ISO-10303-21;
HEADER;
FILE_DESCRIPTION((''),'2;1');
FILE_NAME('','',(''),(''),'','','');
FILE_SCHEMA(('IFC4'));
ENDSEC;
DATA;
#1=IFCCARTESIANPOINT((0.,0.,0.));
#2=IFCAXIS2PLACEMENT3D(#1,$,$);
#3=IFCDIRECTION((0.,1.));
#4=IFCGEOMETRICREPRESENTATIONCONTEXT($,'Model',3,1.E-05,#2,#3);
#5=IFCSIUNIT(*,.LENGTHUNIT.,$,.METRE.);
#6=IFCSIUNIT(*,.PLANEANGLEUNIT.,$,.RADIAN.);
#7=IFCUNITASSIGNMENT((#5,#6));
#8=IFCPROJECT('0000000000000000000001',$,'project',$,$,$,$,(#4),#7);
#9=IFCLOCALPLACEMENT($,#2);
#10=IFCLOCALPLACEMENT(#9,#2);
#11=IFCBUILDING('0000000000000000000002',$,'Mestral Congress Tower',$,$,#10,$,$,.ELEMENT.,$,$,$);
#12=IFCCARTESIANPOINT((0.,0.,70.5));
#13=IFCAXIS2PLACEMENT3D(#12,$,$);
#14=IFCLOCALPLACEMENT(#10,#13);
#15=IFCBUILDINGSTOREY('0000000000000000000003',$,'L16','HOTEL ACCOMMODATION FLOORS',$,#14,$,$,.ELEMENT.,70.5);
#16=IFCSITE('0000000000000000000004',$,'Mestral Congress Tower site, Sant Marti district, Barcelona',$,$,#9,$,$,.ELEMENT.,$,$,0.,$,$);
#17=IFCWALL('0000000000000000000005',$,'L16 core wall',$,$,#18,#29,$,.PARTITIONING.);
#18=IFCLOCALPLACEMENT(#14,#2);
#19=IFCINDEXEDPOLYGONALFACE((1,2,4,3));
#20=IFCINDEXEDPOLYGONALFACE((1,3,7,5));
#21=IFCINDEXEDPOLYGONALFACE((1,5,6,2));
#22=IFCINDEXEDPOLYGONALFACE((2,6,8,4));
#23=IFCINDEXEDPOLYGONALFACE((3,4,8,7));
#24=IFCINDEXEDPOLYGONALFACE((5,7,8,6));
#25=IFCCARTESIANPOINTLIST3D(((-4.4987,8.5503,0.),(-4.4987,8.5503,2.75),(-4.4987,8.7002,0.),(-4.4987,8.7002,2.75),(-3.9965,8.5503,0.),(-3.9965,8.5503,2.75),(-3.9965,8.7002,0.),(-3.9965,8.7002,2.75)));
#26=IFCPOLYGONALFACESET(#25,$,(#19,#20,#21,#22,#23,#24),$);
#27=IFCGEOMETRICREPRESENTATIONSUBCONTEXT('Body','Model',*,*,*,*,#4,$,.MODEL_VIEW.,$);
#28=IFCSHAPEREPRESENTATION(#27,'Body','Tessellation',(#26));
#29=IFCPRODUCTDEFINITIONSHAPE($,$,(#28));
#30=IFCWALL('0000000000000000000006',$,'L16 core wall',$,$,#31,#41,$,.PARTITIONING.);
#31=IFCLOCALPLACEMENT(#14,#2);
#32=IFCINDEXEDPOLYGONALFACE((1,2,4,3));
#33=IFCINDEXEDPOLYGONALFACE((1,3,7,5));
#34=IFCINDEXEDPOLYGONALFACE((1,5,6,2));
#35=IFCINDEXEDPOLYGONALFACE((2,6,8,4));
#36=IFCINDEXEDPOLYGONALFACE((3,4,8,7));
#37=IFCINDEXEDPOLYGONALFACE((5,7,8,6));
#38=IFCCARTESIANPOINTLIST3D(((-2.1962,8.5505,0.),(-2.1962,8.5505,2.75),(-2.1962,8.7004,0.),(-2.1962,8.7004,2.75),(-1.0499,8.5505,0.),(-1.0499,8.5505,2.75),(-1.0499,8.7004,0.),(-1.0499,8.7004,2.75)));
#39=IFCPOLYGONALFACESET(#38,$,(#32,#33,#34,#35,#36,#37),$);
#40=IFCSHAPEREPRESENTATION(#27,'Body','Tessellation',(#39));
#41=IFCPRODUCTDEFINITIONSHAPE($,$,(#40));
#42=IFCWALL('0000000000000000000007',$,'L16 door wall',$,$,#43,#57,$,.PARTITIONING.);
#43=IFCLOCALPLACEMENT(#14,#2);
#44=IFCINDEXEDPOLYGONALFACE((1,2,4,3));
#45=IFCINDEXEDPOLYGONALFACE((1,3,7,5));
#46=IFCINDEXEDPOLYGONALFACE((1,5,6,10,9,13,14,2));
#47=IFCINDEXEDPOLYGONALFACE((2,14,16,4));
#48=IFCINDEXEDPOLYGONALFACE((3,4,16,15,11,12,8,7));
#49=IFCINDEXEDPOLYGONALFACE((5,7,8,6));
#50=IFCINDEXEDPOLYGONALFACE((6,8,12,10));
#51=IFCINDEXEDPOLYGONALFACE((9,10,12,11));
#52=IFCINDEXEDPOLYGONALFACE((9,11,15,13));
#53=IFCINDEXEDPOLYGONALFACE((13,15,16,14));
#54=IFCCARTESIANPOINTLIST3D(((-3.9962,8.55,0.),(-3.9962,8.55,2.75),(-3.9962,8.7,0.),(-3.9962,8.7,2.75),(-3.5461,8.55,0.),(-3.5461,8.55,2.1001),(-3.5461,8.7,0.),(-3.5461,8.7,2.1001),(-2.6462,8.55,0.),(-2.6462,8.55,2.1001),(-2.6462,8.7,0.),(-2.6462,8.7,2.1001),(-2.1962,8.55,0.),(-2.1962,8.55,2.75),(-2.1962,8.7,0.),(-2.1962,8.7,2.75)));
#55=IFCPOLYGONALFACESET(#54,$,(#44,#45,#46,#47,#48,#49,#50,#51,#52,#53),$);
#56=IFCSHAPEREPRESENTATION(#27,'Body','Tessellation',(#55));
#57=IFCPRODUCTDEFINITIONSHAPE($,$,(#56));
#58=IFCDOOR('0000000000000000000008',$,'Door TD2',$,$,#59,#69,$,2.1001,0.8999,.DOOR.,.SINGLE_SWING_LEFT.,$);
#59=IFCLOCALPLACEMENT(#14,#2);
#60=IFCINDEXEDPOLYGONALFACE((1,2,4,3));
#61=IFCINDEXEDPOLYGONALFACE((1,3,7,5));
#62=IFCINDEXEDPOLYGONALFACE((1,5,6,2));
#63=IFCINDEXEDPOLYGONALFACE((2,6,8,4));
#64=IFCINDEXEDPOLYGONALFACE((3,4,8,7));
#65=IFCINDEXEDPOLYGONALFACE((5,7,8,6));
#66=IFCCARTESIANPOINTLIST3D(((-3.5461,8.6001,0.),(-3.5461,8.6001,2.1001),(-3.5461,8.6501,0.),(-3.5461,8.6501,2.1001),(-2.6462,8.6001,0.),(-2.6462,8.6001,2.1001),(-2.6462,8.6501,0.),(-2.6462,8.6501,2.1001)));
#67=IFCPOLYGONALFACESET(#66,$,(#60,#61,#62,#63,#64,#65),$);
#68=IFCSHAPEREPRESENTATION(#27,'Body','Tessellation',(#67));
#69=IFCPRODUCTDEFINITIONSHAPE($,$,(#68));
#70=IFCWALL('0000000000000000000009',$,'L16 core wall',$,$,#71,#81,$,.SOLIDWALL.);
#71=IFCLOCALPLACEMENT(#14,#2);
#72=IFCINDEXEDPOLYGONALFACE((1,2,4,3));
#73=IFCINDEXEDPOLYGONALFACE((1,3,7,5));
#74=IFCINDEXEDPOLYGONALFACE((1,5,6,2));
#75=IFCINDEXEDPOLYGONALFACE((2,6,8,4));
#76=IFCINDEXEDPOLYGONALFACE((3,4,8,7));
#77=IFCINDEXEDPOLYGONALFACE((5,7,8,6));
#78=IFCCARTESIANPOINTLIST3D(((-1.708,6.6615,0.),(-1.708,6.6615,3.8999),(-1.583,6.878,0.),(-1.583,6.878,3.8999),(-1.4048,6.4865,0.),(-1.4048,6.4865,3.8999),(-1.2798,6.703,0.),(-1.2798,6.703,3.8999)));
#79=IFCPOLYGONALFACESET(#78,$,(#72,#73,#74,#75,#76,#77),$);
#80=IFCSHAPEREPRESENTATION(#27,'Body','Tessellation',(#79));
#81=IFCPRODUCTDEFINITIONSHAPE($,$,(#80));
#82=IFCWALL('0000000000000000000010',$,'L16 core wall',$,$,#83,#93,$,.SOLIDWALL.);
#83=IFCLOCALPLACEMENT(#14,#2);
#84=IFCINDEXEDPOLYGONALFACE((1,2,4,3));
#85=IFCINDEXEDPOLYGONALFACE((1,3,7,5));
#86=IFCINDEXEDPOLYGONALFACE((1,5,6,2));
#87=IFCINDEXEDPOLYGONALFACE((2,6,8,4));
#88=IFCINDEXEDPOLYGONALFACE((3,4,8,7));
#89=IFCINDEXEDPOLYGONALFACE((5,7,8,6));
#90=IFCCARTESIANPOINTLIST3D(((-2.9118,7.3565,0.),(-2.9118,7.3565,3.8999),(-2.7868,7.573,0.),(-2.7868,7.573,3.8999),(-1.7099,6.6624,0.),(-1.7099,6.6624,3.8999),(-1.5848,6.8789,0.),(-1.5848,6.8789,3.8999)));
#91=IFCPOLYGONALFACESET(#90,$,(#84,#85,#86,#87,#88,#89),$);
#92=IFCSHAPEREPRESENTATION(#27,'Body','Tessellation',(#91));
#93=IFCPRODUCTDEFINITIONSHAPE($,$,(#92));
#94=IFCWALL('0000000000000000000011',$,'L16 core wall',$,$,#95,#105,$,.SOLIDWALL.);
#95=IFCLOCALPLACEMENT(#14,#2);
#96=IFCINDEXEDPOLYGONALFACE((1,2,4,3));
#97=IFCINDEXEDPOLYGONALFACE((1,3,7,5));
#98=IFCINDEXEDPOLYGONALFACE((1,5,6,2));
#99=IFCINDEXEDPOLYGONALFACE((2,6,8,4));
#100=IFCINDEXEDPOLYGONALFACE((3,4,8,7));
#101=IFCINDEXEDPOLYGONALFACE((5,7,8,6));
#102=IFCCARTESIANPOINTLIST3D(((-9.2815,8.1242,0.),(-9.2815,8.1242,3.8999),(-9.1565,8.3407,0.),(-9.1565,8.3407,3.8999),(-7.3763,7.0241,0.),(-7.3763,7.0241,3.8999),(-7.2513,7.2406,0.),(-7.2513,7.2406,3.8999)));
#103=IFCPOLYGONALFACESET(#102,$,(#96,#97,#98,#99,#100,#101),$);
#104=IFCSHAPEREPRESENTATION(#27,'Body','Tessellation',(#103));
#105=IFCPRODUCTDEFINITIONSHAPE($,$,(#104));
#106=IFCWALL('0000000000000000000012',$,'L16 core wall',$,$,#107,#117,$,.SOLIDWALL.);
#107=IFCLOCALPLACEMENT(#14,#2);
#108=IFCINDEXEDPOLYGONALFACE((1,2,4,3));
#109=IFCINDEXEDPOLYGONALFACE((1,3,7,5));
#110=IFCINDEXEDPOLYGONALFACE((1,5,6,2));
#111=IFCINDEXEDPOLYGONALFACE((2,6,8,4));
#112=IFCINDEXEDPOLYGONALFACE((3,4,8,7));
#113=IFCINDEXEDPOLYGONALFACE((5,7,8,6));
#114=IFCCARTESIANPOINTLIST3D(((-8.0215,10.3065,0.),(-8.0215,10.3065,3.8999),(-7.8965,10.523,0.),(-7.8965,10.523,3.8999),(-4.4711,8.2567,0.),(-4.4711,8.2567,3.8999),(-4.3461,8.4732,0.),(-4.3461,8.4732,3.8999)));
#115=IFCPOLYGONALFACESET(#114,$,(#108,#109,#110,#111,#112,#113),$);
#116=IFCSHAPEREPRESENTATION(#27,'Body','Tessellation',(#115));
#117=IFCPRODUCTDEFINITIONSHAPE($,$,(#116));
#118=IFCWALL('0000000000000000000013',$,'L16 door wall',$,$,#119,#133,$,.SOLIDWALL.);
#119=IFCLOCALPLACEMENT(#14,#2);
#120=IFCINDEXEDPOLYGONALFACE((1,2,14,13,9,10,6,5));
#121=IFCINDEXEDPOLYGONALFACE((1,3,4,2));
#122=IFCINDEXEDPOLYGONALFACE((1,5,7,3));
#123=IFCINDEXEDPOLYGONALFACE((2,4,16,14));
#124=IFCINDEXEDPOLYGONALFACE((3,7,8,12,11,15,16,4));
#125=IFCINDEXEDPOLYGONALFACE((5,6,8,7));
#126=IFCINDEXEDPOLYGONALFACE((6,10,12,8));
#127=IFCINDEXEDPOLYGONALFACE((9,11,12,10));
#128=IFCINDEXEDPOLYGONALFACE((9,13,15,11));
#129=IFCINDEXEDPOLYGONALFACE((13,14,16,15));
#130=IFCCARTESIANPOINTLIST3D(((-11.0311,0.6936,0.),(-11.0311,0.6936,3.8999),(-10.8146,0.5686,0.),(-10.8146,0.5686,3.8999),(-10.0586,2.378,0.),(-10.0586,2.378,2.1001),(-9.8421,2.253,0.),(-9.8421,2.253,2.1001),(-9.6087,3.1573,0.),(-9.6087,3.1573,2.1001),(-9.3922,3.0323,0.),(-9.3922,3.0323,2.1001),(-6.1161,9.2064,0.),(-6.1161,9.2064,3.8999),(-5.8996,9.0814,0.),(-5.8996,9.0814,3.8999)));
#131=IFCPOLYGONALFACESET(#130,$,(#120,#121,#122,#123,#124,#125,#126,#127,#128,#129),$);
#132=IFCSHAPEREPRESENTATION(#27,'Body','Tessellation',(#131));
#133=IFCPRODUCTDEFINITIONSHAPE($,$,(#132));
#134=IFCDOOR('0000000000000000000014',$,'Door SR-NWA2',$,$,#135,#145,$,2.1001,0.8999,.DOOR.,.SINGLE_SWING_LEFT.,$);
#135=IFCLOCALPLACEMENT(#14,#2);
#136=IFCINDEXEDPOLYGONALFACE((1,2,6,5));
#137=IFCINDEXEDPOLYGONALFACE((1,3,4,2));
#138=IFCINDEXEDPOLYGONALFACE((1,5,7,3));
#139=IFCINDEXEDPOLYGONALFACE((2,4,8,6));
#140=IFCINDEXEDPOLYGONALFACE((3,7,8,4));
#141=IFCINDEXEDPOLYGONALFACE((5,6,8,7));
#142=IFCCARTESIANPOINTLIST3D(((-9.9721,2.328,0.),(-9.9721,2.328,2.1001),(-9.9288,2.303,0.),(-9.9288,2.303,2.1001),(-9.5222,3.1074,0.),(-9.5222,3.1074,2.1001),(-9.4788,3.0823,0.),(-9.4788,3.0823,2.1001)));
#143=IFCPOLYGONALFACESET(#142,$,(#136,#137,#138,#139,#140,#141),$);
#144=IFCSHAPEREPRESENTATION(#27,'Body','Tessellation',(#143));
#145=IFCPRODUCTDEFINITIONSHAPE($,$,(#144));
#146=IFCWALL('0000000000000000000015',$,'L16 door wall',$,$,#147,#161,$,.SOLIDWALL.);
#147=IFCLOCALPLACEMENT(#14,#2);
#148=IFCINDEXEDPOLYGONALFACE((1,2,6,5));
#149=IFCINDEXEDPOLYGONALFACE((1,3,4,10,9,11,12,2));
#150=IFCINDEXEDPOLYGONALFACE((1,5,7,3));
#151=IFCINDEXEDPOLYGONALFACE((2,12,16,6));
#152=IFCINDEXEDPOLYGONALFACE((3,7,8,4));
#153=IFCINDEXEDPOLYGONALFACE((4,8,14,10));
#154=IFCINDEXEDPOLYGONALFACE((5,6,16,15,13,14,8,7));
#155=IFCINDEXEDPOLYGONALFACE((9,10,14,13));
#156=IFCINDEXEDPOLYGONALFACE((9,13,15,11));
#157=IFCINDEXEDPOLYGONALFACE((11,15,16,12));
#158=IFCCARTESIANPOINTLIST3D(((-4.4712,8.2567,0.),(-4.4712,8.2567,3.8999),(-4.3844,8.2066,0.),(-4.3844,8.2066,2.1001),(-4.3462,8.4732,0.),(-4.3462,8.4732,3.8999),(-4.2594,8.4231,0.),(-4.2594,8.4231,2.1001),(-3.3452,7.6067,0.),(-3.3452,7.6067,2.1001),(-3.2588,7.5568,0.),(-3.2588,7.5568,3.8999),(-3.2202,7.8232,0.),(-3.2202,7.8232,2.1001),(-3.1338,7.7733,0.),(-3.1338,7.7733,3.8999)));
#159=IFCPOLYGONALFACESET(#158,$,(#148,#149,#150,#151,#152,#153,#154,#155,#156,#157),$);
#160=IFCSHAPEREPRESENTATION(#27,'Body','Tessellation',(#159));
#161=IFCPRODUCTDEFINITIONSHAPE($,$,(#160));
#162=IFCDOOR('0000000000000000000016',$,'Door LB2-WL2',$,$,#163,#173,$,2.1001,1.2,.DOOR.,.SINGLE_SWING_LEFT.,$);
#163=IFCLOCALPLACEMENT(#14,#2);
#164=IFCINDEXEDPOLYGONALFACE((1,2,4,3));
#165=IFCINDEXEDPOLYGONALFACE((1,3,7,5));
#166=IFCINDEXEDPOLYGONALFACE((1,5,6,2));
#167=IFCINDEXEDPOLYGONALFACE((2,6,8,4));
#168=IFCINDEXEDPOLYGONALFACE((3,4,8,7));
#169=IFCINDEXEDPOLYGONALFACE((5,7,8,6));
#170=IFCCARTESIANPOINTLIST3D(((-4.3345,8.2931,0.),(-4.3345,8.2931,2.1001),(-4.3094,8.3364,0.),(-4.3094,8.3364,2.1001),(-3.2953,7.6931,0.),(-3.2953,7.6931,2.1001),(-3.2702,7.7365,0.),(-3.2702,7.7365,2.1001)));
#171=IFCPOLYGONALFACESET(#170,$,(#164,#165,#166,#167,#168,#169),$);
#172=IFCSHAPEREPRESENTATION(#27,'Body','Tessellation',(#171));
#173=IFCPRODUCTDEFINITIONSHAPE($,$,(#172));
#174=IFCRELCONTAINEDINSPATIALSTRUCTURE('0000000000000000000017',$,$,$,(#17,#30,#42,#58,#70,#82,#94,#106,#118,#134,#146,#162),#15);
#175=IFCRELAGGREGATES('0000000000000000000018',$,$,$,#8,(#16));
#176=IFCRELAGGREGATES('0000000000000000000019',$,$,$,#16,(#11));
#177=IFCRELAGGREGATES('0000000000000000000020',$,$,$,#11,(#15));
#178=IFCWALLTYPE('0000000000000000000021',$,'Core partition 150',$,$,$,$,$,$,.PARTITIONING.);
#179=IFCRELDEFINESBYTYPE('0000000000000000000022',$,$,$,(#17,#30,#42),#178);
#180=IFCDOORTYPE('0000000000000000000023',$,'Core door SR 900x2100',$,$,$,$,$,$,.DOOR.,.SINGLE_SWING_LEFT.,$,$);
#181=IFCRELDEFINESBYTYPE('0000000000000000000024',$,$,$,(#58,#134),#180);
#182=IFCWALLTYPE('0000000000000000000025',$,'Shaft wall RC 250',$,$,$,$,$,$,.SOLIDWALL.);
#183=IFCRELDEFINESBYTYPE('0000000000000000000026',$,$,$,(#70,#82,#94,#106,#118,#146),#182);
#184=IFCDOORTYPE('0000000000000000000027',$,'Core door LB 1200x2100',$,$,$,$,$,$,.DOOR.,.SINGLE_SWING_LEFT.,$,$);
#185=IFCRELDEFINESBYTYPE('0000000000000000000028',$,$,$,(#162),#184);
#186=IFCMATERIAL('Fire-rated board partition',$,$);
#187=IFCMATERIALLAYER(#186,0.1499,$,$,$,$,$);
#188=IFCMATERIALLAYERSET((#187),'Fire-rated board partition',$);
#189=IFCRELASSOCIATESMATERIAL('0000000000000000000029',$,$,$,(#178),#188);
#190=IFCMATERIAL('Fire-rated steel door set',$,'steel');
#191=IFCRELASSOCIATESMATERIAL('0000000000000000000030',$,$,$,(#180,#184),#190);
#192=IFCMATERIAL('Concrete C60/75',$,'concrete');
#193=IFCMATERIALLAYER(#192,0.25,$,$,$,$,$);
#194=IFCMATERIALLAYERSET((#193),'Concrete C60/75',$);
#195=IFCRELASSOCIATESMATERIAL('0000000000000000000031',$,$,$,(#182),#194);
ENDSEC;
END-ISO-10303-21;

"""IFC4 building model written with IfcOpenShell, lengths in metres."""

from ifc_helpers import new_model, si_unit, direction, frame, frame_2d, origin, place, context, subcontext, project, spatial, rectangle, extrude, material, layer, layer_set, type_object, element, fill, save


model = new_model("IFC4")

# Units and contexts
model_context = context("Model", 3, precision=1e-05, world=origin(), true_north=direction((0.0, 1.0)))
body_context = subcontext(model_context, "Body", "Model", "MODEL_VIEW")
ifc_project = project(units=[si_unit("LENGTHUNIT", "METRE"), si_unit("PLANEANGLEUNIT", "RADIAN")], contexts=[model_context])

# Site, building, storey
site_placement = place(None, origin())
site = spatial("IfcSite", under=ifc_project, at=site_placement, Name="Mestral Congress Tower site, Sant Marti district, Barcelona", CompositionType="ELEMENT", RefElevation=0.0)
building_placement = place(site_placement, origin())
building = spatial("IfcBuilding", under=site, at=building_placement, Name="Mestral Congress Tower", CompositionType="ELEMENT")
storey_placement = place(building_placement, frame((0.0, 0.0, 70.5)))
storey = spatial("IfcBuildingStorey", under=building, at=storey_placement, Name="L16", Description="HOTEL ACCOMMODATION FLOORS", CompositionType="ELEMENT", Elevation=70.5)

# Walls
ifc_material_1 = material(Name="Fire-rated board partition")
ifc_layer_1 = layer(ifc_material_1, 0.1499)
ifc_layer_set_1 = layer_set([ifc_layer_1], Name="Fire-rated board partition")
wall_type_1 = type_object("IfcWallType", Name="Core partition 150", PredefinedType="PARTITIONING", material=ifc_layer_set_1)
wall_1_placement = place(storey_placement, frame((-3.9966, 8.6252, 0.0), z_axis=(0.0, 0.0, 1.0), x_axis=(-1.0, 0.0, 0.0)))
element("IfcWall", 1, at=wall_1_placement, inside=storey, type_object=wall_type_1, Name="L16 core wall", PredefinedType="PARTITIONING", context=body_context, shape_type="SweptSolid", body=[
    extrude(rectangle(XDim=0.5022, YDim=0.1499, at=frame_2d((0.251, 0.0))), origin(), (0.0, 0.0, 1.0), 2.75),
])
wall_2_placement = place(storey_placement, frame((-2.1963, 8.6255, 0.0), z_axis=(0.0, 0.0, 1.0), x_axis=(1.0, 0.0, 0.0)))
element("IfcWall", 2, at=wall_2_placement, inside=storey, type_object=wall_type_1, Name="L16 core wall", PredefinedType="PARTITIONING", context=body_context, shape_type="SweptSolid", body=[
    extrude(rectangle(XDim=1.1462, YDim=0.1499, at=frame_2d((0.5732, 0.0))), origin(), (0.0, 0.0, 1.0), 2.75),
])

# Wall, opening, door
wall_3_placement = place(storey_placement, frame((-2.1963, 8.625, 0.0), z_axis=(0.0, 0.0, 1.0), x_axis=(-1.0, 0.0, 0.0)))
wall_3 = element("IfcWall", 3, at=wall_3_placement, inside=storey, type_object=wall_type_1, Name="L16 door wall", PredefinedType="PARTITIONING", context=body_context, shape_type="SweptSolid", body=[
    extrude(rectangle(XDim=1.8, YDim=0.1499, at=frame_2d((0.8999, 0.0))), origin(), (0.0, 0.0, 1.0), 2.75),
])
opening_1_placement = place(wall_3_placement, frame((0.45, 0.0, 0.0)))
opening_1 = element("IfcOpeningElement", 4, at=opening_1_placement, cuts=wall_3, PredefinedType="OPENING", context=body_context, shape_type="SweptSolid", body=[
    extrude(rectangle(XDim=0.8999, YDim=2.1001, at=frame_2d((0.45, 1.05))), frame((0.0, 0.085, 0.0), z_axis=(0.0, -1.0, 0.0), x_axis=(1.0, 0.0, 0.0)), (0.0, 0.0, 1.0), 0.1699),
])
ifc_material_2 = material(Name="Fire-rated steel door set", Category="steel")
door_type_1 = type_object("IfcDoorType", Name="Core door SR 900x2100", OperationType="SINGLE_SWING_LEFT", PredefinedType="DOOR", material=ifc_material_2)
door_1_placement = place(opening_1_placement, origin())
door_1 = element("IfcDoor", 5, at=door_1_placement, inside=storey, type_object=door_type_1, Name="Door TD2", OperationType="SINGLE_SWING_LEFT", OverallHeight=2.1001, OverallWidth=0.8999, PredefinedType="DOOR", context=body_context, shape_type="SweptSolid", body=[
    extrude(rectangle(XDim=0.8999, YDim=2.1001, at=frame_2d((0.45, 1.05))), frame((0.0, 0.0249, 0.0), z_axis=(0.0, -1.0, 0.0), x_axis=(1.0, 0.0, 0.0)), (0.0, 0.0, 1.0), 0.05),
])
fill(opening_1, door_1)

# Walls
ifc_material_3 = material(Name="Concrete C60/75", Category="concrete")
ifc_layer_2 = layer(ifc_material_3, 0.25)
ifc_layer_set_2 = layer_set([ifc_layer_2], Name="Concrete C60/75")
wall_type_2 = type_object("IfcWallType", Name="Shaft wall RC 250", PredefinedType="SOLIDWALL", material=ifc_layer_set_2)
wall_4_placement = place(storey_placement, frame((-1.3423, 6.5947, 0.0), z_axis=(0.0, 0.0, 1.0), x_axis=(-0.866046, 0.499964, 0.0)))
element("IfcWall", 6, at=wall_4_placement, inside=storey, type_object=wall_type_2, Name="L16 core wall", PredefinedType="SOLIDWALL", context=body_context, shape_type="SweptSolid", body=[
    extrude(rectangle(XDim=0.3501, YDim=0.25, at=frame_2d((0.175, 0.0))), origin(), (0.0, 0.0, 1.0), 3.8999),
])
wall_5_placement = place(storey_placement, frame((-1.6475, 6.7708, 0.0), z_axis=(0.0, 0.0, 1.0), x_axis=(-0.865972, 0.500093, 0.0)))
element("IfcWall", 7, at=wall_5_placement, inside=storey, type_object=wall_type_2, Name="L16 core wall", PredefinedType="SOLIDWALL", context=body_context, shape_type="SweptSolid", body=[
    extrude(rectangle(XDim=1.3879, YDim=0.25, at=frame_2d((0.6938, 0.0))), origin(), (0.0, 0.0, 1.0), 3.8999),
])
wall_6_placement = place(storey_placement, frame((-7.3137, 7.1323, 0.0), z_axis=(0.0, 0.0, 1.0), x_axis=(-0.866008, 0.50003, 0.0)))
element("IfcWall", 8, at=wall_6_placement, inside=storey, type_object=wall_type_2, Name="L16 core wall", PredefinedType="SOLIDWALL", context=body_context, shape_type="SweptSolid", body=[
    extrude(rectangle(XDim=2.2, YDim=0.25, at=frame_2d((1.1001, 0.0))), origin(), (0.0, 0.0, 1.0), 3.8999),
])
wall_7_placement = place(storey_placement, frame((-7.959, 10.4148, 0.0), z_axis=(0.0, 0.0, 1.0), x_axis=(0.866021, -0.500008, 0.0)))
element("IfcWall", 9, at=wall_7_placement, inside=storey, type_object=wall_type_2, Name="L16 core wall", PredefinedType="SOLIDWALL", context=body_context, shape_type="SweptSolid", body=[
    extrude(rectangle(XDim=4.0996, YDim=0.25, at=frame_2d((2.0498, 0.0))), origin(), (0.0, 0.0, 1.0), 3.8999),
])

# Walls, openings, doors
wall_8_placement = place(storey_placement, frame((-6.0078, 9.144, 0.0), z_axis=(0.0, 0.0, 1.0), x_axis=(-0.500007, -0.866021, 0.0)))
wall_8 = element("IfcWall", 10, at=wall_8_placement, inside=storey, type_object=wall_type_2, Name="L16 door wall", PredefinedType="SOLIDWALL", context=body_context, shape_type="SweptSolid", body=[
    extrude(rectangle(XDim=9.8298, YDim=0.25, at=frame_2d((4.915, 0.0))), origin(), (0.0, 0.0, 1.0), 3.8999),
])
opening_2_placement = place(wall_8_placement, frame((6.9851, 0.0, 0.0)))
opening_2 = element("IfcOpeningElement", 11, at=opening_2_placement, cuts=wall_8, PredefinedType="OPENING", context=body_context, shape_type="SweptSolid", body=[
    extrude(rectangle(XDim=0.8999, YDim=2.1001, at=frame_2d((0.45, 1.05))), frame((0.0, 0.135, 0.0), z_axis=(0.0, -1.0, 0.0), x_axis=(1.0, 0.0, 0.0)), (0.0, 0.0, 1.0), 0.27),
])
door_2_placement = place(opening_2_placement, origin())
door_2 = element("IfcDoor", 12, at=door_2_placement, inside=storey, type_object=door_type_1, Name="Door SR-NWA2", OperationType="SINGLE_SWING_LEFT", OverallHeight=2.1001, OverallWidth=0.8999, PredefinedType="DOOR", context=body_context, shape_type="SweptSolid", body=[
    extrude(rectangle(XDim=0.8999, YDim=2.1001, at=frame_2d((0.45, 1.05))), frame((0.0, 0.0249, 0.0), z_axis=(0.0, -1.0, 0.0), x_axis=(1.0, 0.0, 0.0)), (0.0, 0.0, 1.0), 0.05),
])
fill(opening_2, door_2)
wall_9_placement = place(storey_placement, frame((-4.4087, 8.365, 0.0), z_axis=(0.0, 0.0, 1.0), x_axis=(0.866035, -0.499984, 0.0)))
wall_9 = element("IfcWall", 13, at=wall_9_placement, inside=storey, type_object=wall_type_2, Name="L16 door wall", PredefinedType="SOLIDWALL", context=body_context, shape_type="SweptSolid", body=[
    extrude(rectangle(XDim=1.3999, YDim=0.25, at=frame_2d((0.7, 0.0))), origin(), (0.0, 0.0, 1.0), 3.8999),
])
opening_3_placement = place(wall_9_placement, frame((0.1001, 0.0, 0.0)))
opening_3 = element("IfcOpeningElement", 14, at=opening_3_placement, cuts=wall_9, PredefinedType="OPENING", context=body_context, shape_type="SweptSolid", body=[
    extrude(rectangle(XDim=1.2, YDim=2.1001, at=frame_2d((0.6001, 1.05))), frame((0.0, 0.135, 0.0), z_axis=(0.0, -1.0, 0.0), x_axis=(1.0, 0.0, 0.0)), (0.0, 0.0, 1.0), 0.27),
])
door_type_2 = type_object("IfcDoorType", Name="Core door LB 1200x2100", OperationType="SINGLE_SWING_LEFT", PredefinedType="DOOR", material=ifc_material_2)
door_3_placement = place(opening_3_placement, origin())
door_3 = element("IfcDoor", 15, at=door_3_placement, inside=storey, type_object=door_type_2, Name="Door LB2-WL2", OperationType="SINGLE_SWING_LEFT", OverallHeight=2.1001, OverallWidth=1.2, PredefinedType="DOOR", context=body_context, shape_type="SweptSolid", body=[
    extrude(rectangle(XDim=1.2, YDim=2.1001, at=frame_2d((0.6001, 1.05))), frame((0.0, 0.0249, 0.0), z_axis=(0.0, -1.0, 0.0), x_axis=(1.0, 0.0, 0.0)), (0.0, 0.0, 1.0), 0.05),
])
fill(opening_3, door_3)

save(model, "model.ifc")
